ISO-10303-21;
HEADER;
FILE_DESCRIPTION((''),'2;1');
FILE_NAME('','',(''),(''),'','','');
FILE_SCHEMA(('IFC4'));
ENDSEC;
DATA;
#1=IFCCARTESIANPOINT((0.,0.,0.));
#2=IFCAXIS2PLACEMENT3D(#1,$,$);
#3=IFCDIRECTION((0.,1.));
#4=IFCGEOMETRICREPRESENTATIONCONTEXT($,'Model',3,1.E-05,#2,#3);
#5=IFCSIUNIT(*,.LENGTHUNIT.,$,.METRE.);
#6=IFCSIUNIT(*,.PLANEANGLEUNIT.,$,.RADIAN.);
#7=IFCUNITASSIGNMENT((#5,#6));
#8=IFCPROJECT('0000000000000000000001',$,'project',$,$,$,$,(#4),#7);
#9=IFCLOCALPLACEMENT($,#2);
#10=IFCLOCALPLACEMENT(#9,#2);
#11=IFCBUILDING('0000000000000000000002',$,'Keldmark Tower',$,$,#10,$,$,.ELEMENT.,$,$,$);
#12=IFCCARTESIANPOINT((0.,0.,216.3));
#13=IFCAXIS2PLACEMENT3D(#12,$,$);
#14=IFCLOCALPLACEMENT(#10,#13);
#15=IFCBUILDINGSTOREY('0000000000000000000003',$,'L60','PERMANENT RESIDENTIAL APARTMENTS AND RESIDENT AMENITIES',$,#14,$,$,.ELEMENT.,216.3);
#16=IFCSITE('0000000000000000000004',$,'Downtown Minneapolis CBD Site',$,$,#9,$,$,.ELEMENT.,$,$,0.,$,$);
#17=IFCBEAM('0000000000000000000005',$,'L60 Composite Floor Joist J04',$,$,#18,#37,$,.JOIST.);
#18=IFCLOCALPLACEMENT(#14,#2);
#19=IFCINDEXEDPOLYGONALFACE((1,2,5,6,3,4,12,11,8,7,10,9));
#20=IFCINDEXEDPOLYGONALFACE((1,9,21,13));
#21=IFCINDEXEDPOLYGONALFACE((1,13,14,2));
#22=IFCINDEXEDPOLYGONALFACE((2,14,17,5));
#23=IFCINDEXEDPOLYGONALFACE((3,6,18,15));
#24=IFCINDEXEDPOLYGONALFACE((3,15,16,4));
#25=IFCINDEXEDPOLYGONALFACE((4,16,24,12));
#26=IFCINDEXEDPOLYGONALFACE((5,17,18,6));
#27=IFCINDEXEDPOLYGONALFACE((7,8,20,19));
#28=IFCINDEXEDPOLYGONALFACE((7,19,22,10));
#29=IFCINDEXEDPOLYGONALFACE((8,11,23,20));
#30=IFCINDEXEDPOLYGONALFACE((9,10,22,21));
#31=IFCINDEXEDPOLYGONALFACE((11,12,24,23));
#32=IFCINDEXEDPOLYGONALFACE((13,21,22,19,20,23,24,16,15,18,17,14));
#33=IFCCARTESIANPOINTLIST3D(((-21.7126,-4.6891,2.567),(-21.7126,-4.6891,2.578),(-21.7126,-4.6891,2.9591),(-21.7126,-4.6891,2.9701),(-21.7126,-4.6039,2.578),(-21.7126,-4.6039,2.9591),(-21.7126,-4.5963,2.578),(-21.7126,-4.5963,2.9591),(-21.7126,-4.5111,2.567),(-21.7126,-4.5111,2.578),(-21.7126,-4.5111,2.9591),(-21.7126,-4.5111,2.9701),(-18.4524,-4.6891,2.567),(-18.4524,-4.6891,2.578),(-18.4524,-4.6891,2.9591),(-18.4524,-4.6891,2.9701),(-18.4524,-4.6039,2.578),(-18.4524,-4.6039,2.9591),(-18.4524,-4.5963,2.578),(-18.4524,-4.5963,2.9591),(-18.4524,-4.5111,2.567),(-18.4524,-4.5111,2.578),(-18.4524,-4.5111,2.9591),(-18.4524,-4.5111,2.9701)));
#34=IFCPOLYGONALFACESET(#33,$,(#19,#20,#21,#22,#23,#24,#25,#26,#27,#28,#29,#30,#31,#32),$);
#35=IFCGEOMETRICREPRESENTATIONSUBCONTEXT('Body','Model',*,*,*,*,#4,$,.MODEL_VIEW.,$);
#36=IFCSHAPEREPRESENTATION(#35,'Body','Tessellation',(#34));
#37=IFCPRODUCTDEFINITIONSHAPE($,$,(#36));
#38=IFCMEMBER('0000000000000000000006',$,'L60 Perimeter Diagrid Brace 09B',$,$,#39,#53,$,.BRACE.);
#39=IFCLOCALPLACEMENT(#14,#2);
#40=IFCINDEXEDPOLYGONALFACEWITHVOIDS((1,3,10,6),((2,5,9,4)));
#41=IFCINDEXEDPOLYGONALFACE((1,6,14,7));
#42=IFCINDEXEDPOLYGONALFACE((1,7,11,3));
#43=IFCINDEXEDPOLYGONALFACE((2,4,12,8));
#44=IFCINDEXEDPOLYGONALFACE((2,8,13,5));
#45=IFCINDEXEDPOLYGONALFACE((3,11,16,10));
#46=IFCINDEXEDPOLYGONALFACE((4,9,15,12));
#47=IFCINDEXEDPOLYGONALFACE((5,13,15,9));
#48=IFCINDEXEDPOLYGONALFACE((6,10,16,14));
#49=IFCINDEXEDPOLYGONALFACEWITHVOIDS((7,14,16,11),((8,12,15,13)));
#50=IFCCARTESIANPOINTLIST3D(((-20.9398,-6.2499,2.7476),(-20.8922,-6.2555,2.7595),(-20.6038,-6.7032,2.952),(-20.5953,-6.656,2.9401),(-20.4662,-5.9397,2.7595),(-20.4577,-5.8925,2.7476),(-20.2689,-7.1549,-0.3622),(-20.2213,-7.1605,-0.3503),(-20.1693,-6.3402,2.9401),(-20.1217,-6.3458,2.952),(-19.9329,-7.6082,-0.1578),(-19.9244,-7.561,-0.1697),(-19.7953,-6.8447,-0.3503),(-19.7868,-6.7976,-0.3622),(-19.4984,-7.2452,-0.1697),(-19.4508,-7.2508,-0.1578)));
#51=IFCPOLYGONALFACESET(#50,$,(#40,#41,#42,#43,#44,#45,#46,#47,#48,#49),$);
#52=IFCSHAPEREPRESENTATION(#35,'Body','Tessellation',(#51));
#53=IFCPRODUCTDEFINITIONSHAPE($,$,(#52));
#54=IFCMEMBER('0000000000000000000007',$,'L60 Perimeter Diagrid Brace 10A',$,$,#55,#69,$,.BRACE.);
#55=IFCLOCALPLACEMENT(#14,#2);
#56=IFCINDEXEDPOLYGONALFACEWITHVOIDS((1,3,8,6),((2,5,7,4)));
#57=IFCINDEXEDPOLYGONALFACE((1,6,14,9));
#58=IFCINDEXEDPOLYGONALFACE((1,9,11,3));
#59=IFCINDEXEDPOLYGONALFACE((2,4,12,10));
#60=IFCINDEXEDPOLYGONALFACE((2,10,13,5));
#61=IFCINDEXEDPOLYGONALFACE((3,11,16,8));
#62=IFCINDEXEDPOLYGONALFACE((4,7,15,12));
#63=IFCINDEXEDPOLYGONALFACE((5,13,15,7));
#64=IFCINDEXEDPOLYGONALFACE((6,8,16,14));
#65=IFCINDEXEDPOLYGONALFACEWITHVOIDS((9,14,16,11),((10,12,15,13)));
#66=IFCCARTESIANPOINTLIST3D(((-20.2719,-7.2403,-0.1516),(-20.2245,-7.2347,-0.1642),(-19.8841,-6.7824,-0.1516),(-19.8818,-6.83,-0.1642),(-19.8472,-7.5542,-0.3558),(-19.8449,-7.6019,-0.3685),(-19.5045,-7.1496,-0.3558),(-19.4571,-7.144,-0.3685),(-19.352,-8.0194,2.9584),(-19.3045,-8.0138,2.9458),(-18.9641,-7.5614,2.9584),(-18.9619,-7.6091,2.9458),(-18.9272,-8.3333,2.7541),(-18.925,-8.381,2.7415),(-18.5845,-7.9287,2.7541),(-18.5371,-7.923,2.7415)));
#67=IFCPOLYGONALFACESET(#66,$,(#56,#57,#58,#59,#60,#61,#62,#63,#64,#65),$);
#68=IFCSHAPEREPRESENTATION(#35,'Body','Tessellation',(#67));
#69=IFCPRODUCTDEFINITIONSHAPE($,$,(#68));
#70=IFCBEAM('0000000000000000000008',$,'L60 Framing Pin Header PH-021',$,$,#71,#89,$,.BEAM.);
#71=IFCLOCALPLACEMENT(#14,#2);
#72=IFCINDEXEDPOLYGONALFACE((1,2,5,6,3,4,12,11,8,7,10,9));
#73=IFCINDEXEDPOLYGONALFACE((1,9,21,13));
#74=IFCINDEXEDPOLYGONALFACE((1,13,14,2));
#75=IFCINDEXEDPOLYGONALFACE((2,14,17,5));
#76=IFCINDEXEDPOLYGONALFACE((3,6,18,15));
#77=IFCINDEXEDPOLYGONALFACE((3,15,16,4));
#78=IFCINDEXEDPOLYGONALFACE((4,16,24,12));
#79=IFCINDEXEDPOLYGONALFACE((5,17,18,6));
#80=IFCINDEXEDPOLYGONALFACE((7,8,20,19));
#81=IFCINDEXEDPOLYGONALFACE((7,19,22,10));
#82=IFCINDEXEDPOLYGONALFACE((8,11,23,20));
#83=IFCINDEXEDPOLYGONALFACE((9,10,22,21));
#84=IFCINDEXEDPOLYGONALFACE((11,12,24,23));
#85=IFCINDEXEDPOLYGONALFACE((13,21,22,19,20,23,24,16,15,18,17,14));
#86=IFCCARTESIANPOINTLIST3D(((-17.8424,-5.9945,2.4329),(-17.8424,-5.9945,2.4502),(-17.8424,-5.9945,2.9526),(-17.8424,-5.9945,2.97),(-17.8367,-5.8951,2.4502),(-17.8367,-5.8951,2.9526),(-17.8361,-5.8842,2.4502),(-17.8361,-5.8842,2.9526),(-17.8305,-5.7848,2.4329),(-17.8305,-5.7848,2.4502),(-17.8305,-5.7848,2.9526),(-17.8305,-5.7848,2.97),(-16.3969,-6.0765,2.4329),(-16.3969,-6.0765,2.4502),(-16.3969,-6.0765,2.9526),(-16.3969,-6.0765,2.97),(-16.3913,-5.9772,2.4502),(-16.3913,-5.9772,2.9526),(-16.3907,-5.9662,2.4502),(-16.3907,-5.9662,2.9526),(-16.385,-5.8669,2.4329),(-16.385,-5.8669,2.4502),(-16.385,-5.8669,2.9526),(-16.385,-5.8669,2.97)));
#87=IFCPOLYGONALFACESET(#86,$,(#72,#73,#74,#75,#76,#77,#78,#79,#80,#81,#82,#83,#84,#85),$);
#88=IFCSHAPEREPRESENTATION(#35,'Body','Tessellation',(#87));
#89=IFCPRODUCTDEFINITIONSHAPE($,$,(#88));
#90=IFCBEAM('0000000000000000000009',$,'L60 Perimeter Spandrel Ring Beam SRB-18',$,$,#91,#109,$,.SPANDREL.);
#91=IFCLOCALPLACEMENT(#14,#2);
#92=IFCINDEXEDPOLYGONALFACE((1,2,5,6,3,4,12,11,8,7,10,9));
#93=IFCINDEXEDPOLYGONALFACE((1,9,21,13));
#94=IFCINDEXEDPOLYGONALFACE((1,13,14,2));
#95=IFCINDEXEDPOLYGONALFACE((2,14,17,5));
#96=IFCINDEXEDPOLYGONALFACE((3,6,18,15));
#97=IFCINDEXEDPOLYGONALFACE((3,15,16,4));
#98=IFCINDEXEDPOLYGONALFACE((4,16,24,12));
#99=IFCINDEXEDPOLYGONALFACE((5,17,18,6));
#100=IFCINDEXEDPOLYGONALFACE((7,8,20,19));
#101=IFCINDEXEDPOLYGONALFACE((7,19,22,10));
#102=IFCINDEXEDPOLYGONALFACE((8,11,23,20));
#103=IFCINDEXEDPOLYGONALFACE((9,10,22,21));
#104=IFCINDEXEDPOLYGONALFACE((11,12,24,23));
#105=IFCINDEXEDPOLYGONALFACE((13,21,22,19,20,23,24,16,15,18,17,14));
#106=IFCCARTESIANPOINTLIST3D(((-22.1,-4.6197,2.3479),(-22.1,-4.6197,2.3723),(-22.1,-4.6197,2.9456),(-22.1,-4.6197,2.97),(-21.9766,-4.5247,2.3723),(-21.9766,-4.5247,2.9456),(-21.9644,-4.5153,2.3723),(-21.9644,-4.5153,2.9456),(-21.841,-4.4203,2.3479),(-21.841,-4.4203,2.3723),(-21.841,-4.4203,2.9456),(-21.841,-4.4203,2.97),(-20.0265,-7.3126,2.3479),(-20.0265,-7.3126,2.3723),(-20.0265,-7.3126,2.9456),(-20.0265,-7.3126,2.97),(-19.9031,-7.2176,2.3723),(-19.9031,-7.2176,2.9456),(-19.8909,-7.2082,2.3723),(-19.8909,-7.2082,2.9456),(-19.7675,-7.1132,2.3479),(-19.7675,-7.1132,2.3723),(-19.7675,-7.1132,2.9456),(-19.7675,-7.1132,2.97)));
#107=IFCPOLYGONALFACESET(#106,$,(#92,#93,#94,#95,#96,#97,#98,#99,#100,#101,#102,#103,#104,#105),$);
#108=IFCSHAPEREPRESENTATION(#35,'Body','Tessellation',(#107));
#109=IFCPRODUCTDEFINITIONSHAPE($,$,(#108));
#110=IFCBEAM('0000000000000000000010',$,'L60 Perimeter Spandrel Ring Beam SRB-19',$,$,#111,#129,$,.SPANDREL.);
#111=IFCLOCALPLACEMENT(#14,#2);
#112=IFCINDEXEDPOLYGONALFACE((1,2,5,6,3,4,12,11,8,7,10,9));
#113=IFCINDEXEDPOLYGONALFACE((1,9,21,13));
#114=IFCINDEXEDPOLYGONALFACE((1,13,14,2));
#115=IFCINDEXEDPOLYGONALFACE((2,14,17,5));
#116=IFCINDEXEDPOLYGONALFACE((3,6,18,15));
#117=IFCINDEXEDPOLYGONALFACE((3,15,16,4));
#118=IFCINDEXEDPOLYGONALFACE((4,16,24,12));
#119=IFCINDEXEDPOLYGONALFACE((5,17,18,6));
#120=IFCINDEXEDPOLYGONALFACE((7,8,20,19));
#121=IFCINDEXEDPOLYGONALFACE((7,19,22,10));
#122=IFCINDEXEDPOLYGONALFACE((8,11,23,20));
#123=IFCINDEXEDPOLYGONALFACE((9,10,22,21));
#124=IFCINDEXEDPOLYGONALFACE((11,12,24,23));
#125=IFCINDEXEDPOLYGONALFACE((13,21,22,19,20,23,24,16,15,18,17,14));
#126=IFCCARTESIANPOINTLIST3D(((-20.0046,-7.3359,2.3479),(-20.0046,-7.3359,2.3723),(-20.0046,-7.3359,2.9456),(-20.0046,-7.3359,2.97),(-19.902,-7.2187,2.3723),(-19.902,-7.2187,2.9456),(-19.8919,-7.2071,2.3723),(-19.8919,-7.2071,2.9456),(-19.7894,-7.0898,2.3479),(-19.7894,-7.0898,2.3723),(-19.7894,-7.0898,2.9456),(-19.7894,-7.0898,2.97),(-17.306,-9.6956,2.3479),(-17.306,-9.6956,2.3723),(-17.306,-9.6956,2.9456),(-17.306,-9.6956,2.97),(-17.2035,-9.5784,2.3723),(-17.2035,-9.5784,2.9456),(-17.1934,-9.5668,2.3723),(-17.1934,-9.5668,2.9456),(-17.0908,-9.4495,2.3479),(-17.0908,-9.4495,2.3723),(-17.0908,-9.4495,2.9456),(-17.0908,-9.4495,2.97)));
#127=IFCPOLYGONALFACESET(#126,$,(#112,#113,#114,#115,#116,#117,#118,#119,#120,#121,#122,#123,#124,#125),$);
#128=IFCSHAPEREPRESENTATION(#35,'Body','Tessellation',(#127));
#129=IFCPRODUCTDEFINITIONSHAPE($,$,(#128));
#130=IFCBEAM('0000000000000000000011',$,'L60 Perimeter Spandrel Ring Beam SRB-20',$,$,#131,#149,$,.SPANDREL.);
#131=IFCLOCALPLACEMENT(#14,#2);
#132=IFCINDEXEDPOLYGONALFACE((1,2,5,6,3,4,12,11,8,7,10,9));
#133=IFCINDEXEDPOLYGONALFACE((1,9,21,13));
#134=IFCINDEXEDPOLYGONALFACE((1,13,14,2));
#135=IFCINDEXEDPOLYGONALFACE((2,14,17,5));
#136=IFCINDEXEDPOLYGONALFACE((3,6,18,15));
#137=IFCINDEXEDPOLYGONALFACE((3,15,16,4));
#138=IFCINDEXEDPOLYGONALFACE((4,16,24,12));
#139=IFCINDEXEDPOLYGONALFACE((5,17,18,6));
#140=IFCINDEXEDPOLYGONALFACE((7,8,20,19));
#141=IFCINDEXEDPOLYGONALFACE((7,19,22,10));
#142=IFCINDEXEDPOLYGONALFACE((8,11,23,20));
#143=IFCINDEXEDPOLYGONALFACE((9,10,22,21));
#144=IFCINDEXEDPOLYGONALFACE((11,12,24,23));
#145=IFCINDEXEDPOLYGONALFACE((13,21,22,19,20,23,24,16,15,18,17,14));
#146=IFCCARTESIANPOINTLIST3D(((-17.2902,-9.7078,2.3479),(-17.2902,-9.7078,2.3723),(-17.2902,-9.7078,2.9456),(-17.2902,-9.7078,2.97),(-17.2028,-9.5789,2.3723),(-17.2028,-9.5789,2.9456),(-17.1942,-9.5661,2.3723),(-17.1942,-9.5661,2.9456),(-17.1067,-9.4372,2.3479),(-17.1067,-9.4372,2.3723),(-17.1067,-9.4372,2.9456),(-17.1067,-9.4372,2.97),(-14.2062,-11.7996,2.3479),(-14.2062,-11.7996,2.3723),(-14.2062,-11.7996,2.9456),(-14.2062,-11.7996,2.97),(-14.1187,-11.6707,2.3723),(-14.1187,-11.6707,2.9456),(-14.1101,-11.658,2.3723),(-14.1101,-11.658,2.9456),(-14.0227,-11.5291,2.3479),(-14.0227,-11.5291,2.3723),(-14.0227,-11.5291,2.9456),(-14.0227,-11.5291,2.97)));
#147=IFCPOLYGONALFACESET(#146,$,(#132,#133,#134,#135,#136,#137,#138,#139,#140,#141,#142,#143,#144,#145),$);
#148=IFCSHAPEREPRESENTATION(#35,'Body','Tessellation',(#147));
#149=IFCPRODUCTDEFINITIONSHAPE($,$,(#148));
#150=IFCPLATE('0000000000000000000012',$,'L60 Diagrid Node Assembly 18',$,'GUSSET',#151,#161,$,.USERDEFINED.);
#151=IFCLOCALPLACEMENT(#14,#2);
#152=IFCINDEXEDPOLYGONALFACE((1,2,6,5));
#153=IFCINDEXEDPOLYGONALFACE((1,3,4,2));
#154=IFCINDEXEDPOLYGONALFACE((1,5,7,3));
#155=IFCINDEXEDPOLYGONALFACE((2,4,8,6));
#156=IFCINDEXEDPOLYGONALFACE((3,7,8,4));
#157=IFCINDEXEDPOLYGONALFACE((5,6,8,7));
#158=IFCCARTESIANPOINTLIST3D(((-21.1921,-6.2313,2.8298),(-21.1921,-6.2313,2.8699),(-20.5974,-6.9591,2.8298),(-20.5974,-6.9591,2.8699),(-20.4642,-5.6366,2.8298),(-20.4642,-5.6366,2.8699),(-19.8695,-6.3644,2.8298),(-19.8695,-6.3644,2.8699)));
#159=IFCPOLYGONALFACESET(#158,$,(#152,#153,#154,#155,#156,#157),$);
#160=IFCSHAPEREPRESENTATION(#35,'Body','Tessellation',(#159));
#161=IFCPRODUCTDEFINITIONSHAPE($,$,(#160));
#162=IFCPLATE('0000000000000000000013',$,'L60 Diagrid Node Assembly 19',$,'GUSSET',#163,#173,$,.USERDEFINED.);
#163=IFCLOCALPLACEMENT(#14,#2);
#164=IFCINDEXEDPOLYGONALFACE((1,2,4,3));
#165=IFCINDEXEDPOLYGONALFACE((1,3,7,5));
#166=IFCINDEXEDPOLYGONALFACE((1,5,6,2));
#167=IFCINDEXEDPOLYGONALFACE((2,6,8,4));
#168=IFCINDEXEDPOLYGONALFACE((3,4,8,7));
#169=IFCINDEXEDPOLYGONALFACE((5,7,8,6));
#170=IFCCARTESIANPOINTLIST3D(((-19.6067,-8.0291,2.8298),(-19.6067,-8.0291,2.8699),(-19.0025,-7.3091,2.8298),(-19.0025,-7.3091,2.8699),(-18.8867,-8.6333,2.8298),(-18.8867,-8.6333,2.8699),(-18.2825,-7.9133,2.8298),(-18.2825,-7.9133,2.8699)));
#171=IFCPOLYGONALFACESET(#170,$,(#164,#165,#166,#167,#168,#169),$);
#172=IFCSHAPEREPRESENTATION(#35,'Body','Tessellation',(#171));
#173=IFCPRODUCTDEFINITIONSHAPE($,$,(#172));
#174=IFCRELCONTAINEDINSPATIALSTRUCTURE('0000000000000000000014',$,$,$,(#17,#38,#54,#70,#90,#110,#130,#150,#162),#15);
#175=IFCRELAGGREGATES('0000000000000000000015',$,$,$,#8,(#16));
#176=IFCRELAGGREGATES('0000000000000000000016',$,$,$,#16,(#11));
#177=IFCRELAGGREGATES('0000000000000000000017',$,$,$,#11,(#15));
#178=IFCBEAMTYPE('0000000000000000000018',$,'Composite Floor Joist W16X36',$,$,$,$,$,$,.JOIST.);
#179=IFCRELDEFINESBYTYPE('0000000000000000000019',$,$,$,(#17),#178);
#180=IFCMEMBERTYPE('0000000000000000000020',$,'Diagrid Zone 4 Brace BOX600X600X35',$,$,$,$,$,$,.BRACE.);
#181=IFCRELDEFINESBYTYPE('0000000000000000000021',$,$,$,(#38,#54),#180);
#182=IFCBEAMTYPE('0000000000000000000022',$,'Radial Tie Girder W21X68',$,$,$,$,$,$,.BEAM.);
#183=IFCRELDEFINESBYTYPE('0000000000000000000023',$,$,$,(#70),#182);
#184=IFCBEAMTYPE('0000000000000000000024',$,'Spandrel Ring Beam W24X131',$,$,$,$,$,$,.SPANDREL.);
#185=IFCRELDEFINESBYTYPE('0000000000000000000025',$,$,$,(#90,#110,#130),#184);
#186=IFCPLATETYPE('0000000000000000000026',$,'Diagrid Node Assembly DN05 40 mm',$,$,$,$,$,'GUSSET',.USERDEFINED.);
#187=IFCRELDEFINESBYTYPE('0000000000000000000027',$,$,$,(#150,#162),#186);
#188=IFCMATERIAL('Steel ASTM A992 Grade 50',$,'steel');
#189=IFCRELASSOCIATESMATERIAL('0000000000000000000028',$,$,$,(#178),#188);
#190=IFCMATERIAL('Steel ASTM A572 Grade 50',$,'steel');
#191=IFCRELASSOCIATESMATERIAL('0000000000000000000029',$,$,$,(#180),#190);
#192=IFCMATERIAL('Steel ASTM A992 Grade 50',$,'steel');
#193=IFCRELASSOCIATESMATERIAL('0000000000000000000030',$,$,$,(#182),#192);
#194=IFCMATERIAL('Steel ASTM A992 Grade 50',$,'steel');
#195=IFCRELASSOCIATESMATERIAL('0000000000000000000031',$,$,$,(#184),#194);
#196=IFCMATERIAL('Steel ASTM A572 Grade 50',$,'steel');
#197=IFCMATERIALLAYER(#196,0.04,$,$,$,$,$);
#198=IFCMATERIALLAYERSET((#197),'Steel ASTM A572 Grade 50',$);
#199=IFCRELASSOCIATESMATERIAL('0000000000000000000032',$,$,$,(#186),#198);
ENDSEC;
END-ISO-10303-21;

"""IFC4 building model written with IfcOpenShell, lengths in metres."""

from ifc_helpers import new_model, si_unit, direction, frame, origin, origin_2d, place, context, subcontext, project, spatial, rectangle, hollow_rectangle, i_section, extrude, material, layer, layer_set, material_profile, profile_set, type_object, element, save


model = new_model("IFC4")

# Units and contexts
model_context = context("Model", 3, precision=1e-05, world=origin(), true_north=direction((0.0, 1.0)))
body_context = subcontext(model_context, "Body", "Model", "MODEL_VIEW")
ifc_project = project(units=[si_unit("LENGTHUNIT", "METRE"), si_unit("PLANEANGLEUNIT", "RADIAN")], contexts=[model_context])

# Site, building, storey
site_placement = place(None, origin())
site = spatial("IfcSite", under=ifc_project, at=site_placement, Name="Downtown Minneapolis CBD Site", CompositionType="ELEMENT", RefElevation=0.0)
building_placement = place(site_placement, origin())
building = spatial("IfcBuilding", under=site, at=building_placement, Name="Keldmark Tower", CompositionType="ELEMENT")
storey_placement = place(building_placement, frame((0.0, 0.0, 216.3)))
storey = spatial("IfcBuildingStorey", under=building, at=storey_placement, Name="L60", Description="PERMANENT RESIDENTIAL APARTMENTS AND RESIDENT AMENITIES", CompositionType="ELEMENT", Elevation=216.3)

# Beam
ifc_material_1 = material(Name="Steel ASTM A992 Grade 50", Category="steel")
ifc_material_profile_1 = material_profile(ifc_material_1, i_section(OverallWidth=0.178, OverallDepth=0.4031, WebThickness=0.0076, FlangeThickness=0.011, at=origin_2d()), Name="W16X36")
ifc_profile_set_1 = profile_set([ifc_material_profile_1], Name="Steel ASTM A992 Grade 50")
beam_type_1 = type_object("IfcBeamType", Name="Composite Floor Joist W16X36", PredefinedType="JOIST", material=ifc_profile_set_1)
beam_1_placement = place(storey_placement, frame((-21.7126, -4.6001, 2.7686), z_axis=(1.0, 0.0, 0.0), x_axis=(0.0, 1.0, 0.0)))
element("IfcBeam", 1, at=beam_1_placement, inside=storey, type_object=beam_type_1, Name="L60 Composite Floor Joist J04", PredefinedType="JOIST", context=body_context, shape_type="SweptSolid", body=[
    extrude(i_section(OverallWidth=0.178, OverallDepth=0.4031, WebThickness=0.0076, FlangeThickness=0.011, at=origin_2d()), origin(), (0.0, 0.0, 1.0), 3.2603),
])

# Members
ifc_material_2 = material(Name="Steel ASTM A572 Grade 50", Category="steel")
ifc_material_profile_2 = material_profile(ifc_material_2, hollow_rectangle(XDim=0.6001, YDim=0.6001, WallThickness=0.0349, at=origin_2d()), Name="BOX600X600X35")
ifc_profile_set_2 = profile_set([ifc_material_profile_2], Name="Steel ASTM A572 Grade 50")
member_type = type_object("IfcMemberType", Name="Diagrid Zone 4 Brace BOX600X600X35", PredefinedType="BRACE", material=ifc_profile_set_2)
member_1_placement = place(storey_placement, frame((-19.8599, -7.2029, -0.26), z_axis=(-0.202833, 0.273618, 0.940208), x_axis=(-0.803342, -0.595518, 0.0)))
element("IfcMember", 2, at=member_1_placement, inside=storey, type_object=member_type, Name="L60 Perimeter Diagrid Brace 09B", PredefinedType="BRACE", context=body_context, shape_type="SweptSolid", body=[
    extrude(hollow_rectangle(XDim=0.6001, YDim=0.6001, WallThickness=0.0349, at=origin_2d()), origin(), (0.0, 0.0, 1.0), 3.3076),
])
member_2_placement = place(storey_placement, frame((-19.8645, -7.1921, -0.26), z_axis=(0.275811, -0.233576, 0.9324), x_axis=(0.64626, 0.763117, 0.0)))
element("IfcMember", 3, at=member_2_placement, inside=storey, type_object=member_type, Name="L60 Perimeter Diagrid Brace 10A", PredefinedType="BRACE", context=body_context, shape_type="SweptSolid", body=[
    extrude(hollow_rectangle(XDim=0.6001, YDim=0.6001, WallThickness=0.0349, at=origin_2d()), origin(), (0.0, 0.0, 1.0), 3.3354),
])

# Beams
ifc_material_3 = material(Name="Steel ASTM A992 Grade 50", Category="steel")
ifc_material_profile_3 = material_profile(ifc_material_3, i_section(OverallWidth=0.21, OverallDepth=0.5371, WebThickness=0.011, FlangeThickness=0.0173, at=origin_2d()), Name="W21X68")
ifc_profile_set_3 = profile_set([ifc_material_profile_3], Name="Steel ASTM A992 Grade 50")
beam_type_2 = type_object("IfcBeamType", Name="Radial Tie Girder W21X68", PredefinedType="BEAM", material=ifc_profile_set_3)
beam_2_placement = place(storey_placement, frame((-17.8364, -5.8896, 2.7014), z_axis=(0.998393, -0.056666, 0.0), x_axis=(0.056666, 0.998393, 0.0)))
element("IfcBeam", 4, at=beam_2_placement, inside=storey, type_object=beam_type_2, Name="L60 Framing Pin Header PH-021", PredefinedType="BEAM", context=body_context, shape_type="SweptSolid", body=[
    extrude(i_section(OverallWidth=0.21, OverallDepth=0.5371, WebThickness=0.011, FlangeThickness=0.0173, at=origin_2d()), origin(), (0.0, 0.0, 1.0), 1.4478),
])
ifc_material_4 = material(Name="Steel ASTM A992 Grade 50", Category="steel")
ifc_material_profile_4 = material_profile(ifc_material_4, i_section(OverallWidth=0.3269, OverallDepth=0.6221, WebThickness=0.0154, FlangeThickness=0.0244, at=origin_2d()), Name="W24X131")
ifc_profile_set_4 = profile_set([ifc_material_profile_4], Name="Steel ASTM A992 Grade 50")
beam_type_3 = type_object("IfcBeamType", Name="Spandrel Ring Beam W24X131", PredefinedType="SPANDREL", material=ifc_profile_set_4)
beam_3_placement = place(storey_placement, frame((-21.9705, -4.52, 2.6589), z_axis=(0.610089, -0.792333, 0.0), x_axis=(0.792333, 0.610089, 0.0)))
element("IfcBeam", 5, at=beam_3_placement, inside=storey, type_object=beam_type_3, Name="L60 Perimeter Spandrel Ring Beam SRB-18", PredefinedType="SPANDREL", context=body_context, shape_type="SweptSolid", body=[
    extrude(i_section(OverallWidth=0.3269, OverallDepth=0.6221, WebThickness=0.0154, FlangeThickness=0.0244, at=origin_2d()), origin(), (0.0, 0.0, 1.0), 3.3987),
])
beam_4_placement = place(storey_placement, frame((-19.897, -7.2129, 2.6589), z_axis=(0.752792, -0.658259, 0.0), x_axis=(0.658259, 0.752792, 0.0)))
element("IfcBeam", 6, at=beam_4_placement, inside=storey, type_object=beam_type_3, Name="L60 Perimeter Spandrel Ring Beam SRB-19", PredefinedType="SPANDREL", context=body_context, shape_type="SweptSolid", body=[
    extrude(i_section(OverallWidth=0.3269, OverallDepth=0.6221, WebThickness=0.0154, FlangeThickness=0.0244, at=origin_2d()), origin(), (0.0, 0.0, 1.0), 3.5847),
])
beam_5_placement = place(storey_placement, frame((-17.1985, -9.5725, 2.6589), z_axis=(0.827589, -0.561335, 0.0), x_axis=(0.561335, 0.827589, 0.0)))
element("IfcBeam", 7, at=beam_5_placement, inside=storey, type_object=beam_type_3, Name="L60 Perimeter Spandrel Ring Beam SRB-20", PredefinedType="SPANDREL", context=body_context, shape_type="SweptSolid", body=[
    extrude(i_section(OverallWidth=0.3269, OverallDepth=0.6221, WebThickness=0.0154, FlangeThickness=0.0244, at=origin_2d()), origin(), (0.0, 0.0, 1.0), 3.7266),
])

# Plates
ifc_material_5 = material(Name="Steel ASTM A572 Grade 50", Category="steel")
ifc_layer_1 = layer(ifc_material_5, 0.04)
ifc_layer_set_1 = layer_set([ifc_layer_1], Name="Steel ASTM A572 Grade 50")
plate_type = type_object("IfcPlateType", Name="Diagrid Node Assembly DN05 40 mm", ElementType="GUSSET", PredefinedType="USERDEFINED", material=ifc_layer_set_1)
for number, where, z_axis, x_axis, name in (
    (8, (-20.5308, -6.2979, 2.8298), (0.0, 0.0, 1.0), (0.632705, -0.774393, 0.0), "L60 Diagrid Node Assembly 18"),
    (9, (-18.9446, -7.9712, 2.8298), (0.0, 0.0, 1.0), (0.766044, -0.642788, 0.0), "L60 Diagrid Node Assembly 19"),
):
    element("IfcPlate", number, at=place(storey_placement, frame(where, z_axis=z_axis, x_axis=x_axis)), inside=storey, type_object=plate_type, Name=name, ObjectType="GUSSET", PredefinedType="USERDEFINED", context=body_context, shape_type="SweptSolid", body=[
        extrude(rectangle(XDim=0.9399, YDim=0.9399, at=origin_2d()), origin(), (0.0, 0.0, 1.0), 0.04),
    ])

save(model, "model.ifc")
